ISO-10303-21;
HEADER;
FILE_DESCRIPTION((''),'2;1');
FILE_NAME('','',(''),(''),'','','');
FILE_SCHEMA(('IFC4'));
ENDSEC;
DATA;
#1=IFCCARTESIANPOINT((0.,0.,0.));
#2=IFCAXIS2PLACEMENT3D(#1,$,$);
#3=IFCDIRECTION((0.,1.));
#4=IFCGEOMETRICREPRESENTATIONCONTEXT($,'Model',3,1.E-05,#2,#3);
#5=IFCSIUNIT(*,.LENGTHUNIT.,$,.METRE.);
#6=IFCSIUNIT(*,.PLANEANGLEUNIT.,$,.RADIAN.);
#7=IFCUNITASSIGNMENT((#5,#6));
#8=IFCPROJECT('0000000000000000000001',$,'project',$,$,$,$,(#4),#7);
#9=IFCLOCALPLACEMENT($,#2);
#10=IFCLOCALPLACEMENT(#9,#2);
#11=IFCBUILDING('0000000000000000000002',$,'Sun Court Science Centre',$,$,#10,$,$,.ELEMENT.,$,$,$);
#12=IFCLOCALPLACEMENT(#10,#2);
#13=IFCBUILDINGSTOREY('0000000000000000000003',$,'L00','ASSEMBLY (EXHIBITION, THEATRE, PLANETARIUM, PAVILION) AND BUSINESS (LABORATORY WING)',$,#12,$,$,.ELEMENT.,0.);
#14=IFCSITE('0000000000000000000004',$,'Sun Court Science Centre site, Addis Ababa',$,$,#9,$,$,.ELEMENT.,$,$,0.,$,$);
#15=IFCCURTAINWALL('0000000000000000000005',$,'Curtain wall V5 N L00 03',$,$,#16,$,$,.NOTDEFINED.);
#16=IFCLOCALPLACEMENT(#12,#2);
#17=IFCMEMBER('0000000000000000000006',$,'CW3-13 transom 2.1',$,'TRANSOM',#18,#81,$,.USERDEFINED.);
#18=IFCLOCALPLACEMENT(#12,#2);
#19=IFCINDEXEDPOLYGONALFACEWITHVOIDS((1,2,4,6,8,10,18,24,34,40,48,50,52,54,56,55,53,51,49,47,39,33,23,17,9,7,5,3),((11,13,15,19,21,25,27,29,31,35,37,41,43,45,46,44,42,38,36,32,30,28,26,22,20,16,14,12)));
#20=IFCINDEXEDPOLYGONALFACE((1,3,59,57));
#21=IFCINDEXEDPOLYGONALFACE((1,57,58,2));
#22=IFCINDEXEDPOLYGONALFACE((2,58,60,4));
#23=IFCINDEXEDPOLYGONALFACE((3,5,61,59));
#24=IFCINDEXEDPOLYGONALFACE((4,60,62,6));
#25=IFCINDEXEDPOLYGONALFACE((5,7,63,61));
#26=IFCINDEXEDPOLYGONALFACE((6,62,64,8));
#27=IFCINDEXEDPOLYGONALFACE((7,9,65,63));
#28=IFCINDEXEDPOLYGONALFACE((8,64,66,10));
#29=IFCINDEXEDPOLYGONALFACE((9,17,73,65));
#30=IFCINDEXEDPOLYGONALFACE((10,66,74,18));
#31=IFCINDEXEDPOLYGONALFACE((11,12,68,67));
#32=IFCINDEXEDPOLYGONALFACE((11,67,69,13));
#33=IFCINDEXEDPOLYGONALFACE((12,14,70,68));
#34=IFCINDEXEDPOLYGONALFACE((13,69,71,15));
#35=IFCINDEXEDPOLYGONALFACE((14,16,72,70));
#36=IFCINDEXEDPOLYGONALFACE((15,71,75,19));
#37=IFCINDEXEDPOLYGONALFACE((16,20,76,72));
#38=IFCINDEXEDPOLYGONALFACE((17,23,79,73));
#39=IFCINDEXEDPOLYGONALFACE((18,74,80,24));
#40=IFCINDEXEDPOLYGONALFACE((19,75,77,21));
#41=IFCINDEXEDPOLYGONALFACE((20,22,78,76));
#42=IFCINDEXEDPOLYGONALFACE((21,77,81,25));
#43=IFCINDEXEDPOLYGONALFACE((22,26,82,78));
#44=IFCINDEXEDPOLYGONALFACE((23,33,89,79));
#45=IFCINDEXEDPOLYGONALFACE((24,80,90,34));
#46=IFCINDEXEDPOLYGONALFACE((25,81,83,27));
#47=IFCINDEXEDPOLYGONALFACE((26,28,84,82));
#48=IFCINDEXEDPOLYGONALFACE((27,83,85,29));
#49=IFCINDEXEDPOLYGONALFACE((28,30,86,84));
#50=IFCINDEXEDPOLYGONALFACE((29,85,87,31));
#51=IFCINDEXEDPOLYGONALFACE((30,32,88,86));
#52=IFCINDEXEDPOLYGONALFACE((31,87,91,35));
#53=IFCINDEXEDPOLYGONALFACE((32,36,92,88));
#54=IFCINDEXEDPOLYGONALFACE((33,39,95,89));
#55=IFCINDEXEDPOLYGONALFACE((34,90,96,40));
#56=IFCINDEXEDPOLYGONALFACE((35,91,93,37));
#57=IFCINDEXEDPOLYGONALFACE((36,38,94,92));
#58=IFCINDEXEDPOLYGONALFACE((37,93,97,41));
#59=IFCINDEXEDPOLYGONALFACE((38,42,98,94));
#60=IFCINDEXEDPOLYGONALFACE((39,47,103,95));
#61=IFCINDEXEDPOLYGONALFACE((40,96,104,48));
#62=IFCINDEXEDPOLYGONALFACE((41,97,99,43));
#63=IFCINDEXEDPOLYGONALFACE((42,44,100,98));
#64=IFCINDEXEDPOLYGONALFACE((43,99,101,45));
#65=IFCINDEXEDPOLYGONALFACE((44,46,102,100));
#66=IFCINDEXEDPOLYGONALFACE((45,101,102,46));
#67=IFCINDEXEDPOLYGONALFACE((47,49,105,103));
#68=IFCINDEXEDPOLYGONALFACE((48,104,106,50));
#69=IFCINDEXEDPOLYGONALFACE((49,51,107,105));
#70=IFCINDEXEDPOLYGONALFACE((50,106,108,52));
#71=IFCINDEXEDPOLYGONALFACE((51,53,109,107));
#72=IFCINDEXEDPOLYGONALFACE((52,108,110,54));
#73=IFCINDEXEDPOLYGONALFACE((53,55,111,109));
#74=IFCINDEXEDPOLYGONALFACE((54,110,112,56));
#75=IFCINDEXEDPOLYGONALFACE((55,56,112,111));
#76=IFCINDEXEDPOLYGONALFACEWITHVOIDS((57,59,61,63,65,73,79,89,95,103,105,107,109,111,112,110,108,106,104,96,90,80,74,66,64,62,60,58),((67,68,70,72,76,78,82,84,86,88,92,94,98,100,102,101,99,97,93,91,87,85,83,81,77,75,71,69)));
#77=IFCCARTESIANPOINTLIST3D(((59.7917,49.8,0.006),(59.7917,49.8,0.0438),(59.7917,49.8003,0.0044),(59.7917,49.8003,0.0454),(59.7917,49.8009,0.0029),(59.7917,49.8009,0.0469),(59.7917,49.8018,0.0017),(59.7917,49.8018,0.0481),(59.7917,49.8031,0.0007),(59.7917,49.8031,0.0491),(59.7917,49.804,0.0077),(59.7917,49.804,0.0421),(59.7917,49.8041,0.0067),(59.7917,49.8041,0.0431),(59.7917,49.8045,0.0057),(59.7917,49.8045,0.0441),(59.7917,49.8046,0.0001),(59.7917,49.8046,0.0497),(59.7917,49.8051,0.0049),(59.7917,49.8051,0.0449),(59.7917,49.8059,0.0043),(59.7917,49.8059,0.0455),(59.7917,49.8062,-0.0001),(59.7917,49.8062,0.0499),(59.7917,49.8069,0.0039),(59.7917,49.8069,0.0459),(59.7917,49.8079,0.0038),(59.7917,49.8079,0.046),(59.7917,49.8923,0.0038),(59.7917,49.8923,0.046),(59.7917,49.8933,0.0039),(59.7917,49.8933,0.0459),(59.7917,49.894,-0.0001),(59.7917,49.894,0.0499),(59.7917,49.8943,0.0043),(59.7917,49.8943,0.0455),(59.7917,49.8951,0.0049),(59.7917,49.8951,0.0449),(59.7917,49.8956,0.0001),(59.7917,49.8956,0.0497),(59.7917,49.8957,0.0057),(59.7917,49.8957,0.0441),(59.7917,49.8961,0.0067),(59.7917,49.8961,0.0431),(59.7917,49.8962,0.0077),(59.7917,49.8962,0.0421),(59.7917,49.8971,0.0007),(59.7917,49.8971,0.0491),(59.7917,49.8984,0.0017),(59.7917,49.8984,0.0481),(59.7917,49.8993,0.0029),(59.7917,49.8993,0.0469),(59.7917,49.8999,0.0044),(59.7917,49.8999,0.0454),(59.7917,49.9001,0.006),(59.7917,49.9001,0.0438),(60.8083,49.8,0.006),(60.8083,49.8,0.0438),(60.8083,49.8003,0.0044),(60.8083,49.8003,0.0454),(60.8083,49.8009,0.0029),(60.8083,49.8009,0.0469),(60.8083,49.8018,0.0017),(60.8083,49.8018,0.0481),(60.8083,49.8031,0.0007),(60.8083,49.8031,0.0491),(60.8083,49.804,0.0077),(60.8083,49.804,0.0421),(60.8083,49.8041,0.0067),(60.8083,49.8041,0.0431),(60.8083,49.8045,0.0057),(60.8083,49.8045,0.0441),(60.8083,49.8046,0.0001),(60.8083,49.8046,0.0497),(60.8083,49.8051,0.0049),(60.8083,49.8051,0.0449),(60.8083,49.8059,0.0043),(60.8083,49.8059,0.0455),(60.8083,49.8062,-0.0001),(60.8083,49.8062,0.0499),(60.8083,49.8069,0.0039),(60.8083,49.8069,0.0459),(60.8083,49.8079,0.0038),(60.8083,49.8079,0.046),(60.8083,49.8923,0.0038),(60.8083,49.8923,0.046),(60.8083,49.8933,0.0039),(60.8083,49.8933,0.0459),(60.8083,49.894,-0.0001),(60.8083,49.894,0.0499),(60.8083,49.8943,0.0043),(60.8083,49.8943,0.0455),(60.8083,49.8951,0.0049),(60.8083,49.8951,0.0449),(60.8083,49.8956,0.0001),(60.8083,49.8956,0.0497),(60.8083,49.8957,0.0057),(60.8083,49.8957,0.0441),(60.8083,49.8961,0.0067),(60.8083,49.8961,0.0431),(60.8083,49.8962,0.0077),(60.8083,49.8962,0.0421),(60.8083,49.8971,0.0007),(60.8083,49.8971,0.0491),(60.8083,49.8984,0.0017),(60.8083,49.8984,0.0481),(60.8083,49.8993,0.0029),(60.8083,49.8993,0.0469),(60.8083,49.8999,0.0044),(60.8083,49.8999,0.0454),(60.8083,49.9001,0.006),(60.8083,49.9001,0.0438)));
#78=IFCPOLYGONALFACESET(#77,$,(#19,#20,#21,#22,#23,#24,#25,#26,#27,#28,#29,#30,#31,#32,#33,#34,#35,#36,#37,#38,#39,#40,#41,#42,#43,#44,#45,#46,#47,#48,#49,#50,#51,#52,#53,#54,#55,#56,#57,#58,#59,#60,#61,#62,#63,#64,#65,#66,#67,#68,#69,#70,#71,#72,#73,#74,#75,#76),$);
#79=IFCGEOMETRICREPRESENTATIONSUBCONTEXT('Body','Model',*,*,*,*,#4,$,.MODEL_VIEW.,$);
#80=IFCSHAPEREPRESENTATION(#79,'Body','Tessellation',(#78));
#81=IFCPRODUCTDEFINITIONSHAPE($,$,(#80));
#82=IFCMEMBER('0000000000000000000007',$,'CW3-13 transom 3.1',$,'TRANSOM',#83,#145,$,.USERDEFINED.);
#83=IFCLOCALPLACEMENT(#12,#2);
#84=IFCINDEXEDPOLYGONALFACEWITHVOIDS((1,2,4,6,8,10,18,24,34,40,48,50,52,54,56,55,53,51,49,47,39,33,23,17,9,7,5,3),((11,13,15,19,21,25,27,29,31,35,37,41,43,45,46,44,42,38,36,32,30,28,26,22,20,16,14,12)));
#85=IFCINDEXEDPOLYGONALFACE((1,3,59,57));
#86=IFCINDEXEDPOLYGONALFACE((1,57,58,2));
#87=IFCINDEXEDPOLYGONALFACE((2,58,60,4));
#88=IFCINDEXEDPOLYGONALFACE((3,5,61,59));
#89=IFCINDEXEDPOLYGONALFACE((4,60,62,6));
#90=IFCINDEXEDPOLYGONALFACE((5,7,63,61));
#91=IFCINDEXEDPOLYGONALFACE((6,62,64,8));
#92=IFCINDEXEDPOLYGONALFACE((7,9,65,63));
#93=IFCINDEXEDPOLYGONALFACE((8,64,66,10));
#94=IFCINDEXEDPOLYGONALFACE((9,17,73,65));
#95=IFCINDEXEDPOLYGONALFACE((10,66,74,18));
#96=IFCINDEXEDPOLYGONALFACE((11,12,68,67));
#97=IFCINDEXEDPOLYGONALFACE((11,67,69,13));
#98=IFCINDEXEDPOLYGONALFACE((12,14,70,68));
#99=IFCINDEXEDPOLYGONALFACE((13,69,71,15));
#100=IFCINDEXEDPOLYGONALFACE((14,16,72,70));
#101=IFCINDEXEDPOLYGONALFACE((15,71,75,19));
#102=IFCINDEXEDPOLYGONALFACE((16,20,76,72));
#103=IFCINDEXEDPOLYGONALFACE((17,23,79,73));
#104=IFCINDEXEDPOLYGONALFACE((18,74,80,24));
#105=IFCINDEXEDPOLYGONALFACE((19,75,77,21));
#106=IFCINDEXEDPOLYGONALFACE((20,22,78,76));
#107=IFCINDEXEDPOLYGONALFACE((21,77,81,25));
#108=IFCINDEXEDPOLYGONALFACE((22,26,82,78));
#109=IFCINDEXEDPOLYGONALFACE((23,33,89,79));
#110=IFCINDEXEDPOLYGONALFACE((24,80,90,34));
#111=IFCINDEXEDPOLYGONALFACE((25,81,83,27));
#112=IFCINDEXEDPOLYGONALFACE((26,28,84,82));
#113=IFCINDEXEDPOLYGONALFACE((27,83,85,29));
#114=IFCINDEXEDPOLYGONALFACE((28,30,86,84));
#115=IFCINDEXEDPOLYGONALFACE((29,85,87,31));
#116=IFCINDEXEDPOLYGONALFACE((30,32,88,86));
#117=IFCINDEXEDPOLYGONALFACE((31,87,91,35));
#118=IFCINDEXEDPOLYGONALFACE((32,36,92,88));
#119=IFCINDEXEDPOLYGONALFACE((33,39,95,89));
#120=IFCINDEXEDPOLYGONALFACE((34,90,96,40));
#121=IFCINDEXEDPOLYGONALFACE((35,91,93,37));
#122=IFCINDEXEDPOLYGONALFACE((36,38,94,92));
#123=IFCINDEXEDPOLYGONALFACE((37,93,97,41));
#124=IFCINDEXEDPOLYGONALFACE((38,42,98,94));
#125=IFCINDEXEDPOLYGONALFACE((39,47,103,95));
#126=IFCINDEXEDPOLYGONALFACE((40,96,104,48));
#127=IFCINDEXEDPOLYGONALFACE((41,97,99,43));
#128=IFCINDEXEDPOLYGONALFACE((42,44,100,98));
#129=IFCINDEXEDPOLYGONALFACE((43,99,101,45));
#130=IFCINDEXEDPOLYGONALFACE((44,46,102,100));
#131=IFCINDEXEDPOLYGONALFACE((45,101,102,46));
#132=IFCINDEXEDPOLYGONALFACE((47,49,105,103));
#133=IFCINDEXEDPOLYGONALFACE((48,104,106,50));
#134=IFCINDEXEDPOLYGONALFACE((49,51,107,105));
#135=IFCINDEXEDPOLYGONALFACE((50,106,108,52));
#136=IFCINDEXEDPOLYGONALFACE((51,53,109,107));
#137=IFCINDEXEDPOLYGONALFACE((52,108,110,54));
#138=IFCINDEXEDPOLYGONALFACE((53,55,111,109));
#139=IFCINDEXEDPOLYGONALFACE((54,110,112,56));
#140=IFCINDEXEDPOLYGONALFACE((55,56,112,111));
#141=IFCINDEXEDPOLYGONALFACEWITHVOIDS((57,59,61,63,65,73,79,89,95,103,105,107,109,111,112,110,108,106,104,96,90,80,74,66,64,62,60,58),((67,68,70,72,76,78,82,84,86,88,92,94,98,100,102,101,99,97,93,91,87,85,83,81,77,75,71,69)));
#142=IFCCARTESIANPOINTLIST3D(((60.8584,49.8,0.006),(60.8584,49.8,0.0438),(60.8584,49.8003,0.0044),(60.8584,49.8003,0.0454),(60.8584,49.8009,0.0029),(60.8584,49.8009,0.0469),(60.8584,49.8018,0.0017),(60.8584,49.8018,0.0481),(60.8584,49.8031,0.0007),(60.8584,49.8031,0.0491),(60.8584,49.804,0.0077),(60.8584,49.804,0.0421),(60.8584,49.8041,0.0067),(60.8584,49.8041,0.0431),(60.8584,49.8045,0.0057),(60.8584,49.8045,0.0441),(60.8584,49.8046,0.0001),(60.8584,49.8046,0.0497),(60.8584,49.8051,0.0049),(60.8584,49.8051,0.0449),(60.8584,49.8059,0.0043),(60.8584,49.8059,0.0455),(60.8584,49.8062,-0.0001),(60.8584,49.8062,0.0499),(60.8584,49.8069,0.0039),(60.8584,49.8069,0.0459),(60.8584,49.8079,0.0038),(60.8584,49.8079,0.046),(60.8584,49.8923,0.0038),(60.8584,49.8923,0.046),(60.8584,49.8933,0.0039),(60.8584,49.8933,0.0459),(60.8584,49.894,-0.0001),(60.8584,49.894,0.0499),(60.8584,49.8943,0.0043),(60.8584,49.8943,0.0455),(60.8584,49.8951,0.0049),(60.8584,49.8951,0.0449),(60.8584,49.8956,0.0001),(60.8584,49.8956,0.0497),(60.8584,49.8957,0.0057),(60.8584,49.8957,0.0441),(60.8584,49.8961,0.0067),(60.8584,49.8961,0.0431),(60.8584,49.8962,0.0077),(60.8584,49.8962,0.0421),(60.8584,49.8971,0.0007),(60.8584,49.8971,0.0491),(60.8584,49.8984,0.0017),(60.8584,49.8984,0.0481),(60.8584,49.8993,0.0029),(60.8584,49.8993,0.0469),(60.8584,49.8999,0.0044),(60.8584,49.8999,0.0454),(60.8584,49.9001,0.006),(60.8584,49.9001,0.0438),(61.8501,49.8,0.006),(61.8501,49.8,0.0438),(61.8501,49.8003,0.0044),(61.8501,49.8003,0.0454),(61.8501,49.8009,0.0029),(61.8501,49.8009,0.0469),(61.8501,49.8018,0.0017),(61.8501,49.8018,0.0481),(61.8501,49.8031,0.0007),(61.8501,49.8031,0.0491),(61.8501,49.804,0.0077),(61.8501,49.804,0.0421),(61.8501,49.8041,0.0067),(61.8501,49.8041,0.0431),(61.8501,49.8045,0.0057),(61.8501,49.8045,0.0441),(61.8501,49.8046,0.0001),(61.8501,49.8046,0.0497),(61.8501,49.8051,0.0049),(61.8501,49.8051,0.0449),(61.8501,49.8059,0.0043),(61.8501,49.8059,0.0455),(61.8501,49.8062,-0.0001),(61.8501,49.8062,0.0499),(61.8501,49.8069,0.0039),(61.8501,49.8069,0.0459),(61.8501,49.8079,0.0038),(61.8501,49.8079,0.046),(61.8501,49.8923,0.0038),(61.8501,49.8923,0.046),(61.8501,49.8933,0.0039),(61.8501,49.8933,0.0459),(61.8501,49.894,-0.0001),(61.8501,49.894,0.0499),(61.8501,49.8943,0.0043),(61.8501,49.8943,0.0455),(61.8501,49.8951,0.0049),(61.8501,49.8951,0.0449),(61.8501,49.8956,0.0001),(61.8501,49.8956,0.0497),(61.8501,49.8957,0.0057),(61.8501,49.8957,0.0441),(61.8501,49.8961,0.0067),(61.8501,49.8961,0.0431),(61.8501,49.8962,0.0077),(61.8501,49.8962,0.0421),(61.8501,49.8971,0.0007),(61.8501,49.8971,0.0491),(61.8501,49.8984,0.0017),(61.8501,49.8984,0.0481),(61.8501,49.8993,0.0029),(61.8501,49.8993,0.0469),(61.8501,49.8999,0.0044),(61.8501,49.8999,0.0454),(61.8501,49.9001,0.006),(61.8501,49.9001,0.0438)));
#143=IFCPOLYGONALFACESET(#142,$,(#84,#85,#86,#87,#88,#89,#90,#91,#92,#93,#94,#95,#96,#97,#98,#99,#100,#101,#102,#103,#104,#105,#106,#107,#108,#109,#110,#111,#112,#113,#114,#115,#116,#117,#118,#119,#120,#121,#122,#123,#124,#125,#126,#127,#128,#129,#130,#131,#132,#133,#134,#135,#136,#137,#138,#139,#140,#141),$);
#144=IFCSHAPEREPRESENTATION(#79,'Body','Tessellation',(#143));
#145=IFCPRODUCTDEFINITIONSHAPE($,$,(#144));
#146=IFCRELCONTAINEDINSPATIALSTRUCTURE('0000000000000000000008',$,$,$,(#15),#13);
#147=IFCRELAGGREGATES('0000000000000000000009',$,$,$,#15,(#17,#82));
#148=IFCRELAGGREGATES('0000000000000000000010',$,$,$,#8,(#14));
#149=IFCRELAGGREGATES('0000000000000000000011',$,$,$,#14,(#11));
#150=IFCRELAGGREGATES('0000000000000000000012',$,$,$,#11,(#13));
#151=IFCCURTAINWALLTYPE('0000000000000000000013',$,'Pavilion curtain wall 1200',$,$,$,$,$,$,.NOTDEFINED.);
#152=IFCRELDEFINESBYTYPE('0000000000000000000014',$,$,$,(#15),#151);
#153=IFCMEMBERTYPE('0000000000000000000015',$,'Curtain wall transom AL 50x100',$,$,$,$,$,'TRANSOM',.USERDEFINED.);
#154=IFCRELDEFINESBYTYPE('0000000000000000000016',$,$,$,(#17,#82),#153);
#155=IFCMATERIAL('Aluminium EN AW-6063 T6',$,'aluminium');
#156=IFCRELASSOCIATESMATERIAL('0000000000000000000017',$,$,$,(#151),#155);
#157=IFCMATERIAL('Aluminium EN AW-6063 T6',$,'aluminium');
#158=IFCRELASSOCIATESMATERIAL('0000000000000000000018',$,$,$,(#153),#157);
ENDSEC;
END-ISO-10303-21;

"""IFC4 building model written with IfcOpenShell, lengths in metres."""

from ifc_helpers import new_model, si_unit, direction, frame, origin, origin_2d, place, context, subcontext, project, spatial, hollow_rectangle, extrude, material, material_profile, profile_set, type_object, element, aggregate, save


model = new_model("IFC4")

# Units and contexts
model_context = context("Model", 3, precision=1e-05, world=origin(), true_north=direction((0.0, 1.0)))
body_context = subcontext(model_context, "Body", "Model", "MODEL_VIEW")
ifc_project = project(units=[si_unit("LENGTHUNIT", "METRE"), si_unit("PLANEANGLEUNIT", "RADIAN")], contexts=[model_context])

# Site, building, storey
site_placement = place(None, origin())
site = spatial("IfcSite", under=ifc_project, at=site_placement, Name="Sun Court Science Centre site, Addis Ababa", CompositionType="ELEMENT", RefElevation=0.0)
building_placement = place(site_placement, origin())
building = spatial("IfcBuilding", under=site, at=building_placement, Name="Sun Court Science Centre", CompositionType="ELEMENT")
storey_placement = place(building_placement, origin())
storey = spatial("IfcBuildingStorey", under=building, at=storey_placement, Name="L00", Description="ASSEMBLY (EXHIBITION, THEATRE, PLANETARIUM, PAVILION) AND BUSINESS (LABORATORY WING)", CompositionType="ELEMENT", Elevation=0.0)

# Curtain wall
ifc_material_1 = material(Name="Aluminium EN AW-6063 T6", Category="aluminium")
curtain_wall_type = type_object("IfcCurtainWallType", Name="Pavilion curtain wall 1200", PredefinedType="NOTDEFINED", material=ifc_material_1)
curtain_wall_1_placement = place(storey_placement, origin())
curtain_wall_1 = element("IfcCurtainWall", 1, at=curtain_wall_1_placement, inside=storey, type_object=curtain_wall_type, Name="Curtain wall V5 N L00 03", PredefinedType="NOTDEFINED")

# Members
ifc_material_2 = material(Name="Aluminium EN AW-6063 T6", Category="aluminium")
ifc_material_profile_1 = material_profile(ifc_material_2, hollow_rectangle(XDim=0.05, YDim=0.1001, WallThickness=0.0039, InnerFilletRadius=0.0039, OuterFilletRadius=0.0061, at=origin_2d()), Name="AL 50x100x4")
ifc_profile_set_1 = profile_set([ifc_material_profile_1], Name="Aluminium EN AW-6063 T6")
member_type_1 = type_object("IfcMemberType", Name="Curtain wall transom AL 50x100", ElementType="TRANSOM", PredefinedType="USERDEFINED", material=ifc_profile_set_1)
member_1_placement = place(storey_placement, frame((59.7917, 49.8501, 0.0249), z_axis=(1.0, 0.0, 0.0), x_axis=(0.0, 0.0, 1.0)))
member_1 = element("IfcMember", 2, at=member_1_placement, type_object=member_type_1, Name="CW3-13 transom 2.1", ObjectType="TRANSOM", PredefinedType="USERDEFINED", context=body_context, shape_type="SweptSolid", body=[
    extrude(hollow_rectangle(XDim=0.05, YDim=0.1001, WallThickness=0.0039, InnerFilletRadius=0.0039, OuterFilletRadius=0.0061, at=origin_2d()), origin(), (0.0, 0.0, 1.0), 1.0166),
])
member_2_placement = place(storey_placement, frame((60.8584, 49.8501, 0.0249), z_axis=(1.0, 0.0, 0.0), x_axis=(0.0, 0.0, 1.0)))
member_2 = element("IfcMember", 3, at=member_2_placement, type_object=member_type_1, Name="CW3-13 transom 3.1", ObjectType="TRANSOM", PredefinedType="USERDEFINED", context=body_context, shape_type="SweptSolid", body=[
    extrude(hollow_rectangle(XDim=0.05, YDim=0.1001, WallThickness=0.0039, InnerFilletRadius=0.0039, OuterFilletRadius=0.0061, at=origin_2d()), origin(), (0.0, 0.0, 1.0), 0.9917),
])

aggregate(curtain_wall_1, [member_1, member_2])

save(model, "model.ifc")
